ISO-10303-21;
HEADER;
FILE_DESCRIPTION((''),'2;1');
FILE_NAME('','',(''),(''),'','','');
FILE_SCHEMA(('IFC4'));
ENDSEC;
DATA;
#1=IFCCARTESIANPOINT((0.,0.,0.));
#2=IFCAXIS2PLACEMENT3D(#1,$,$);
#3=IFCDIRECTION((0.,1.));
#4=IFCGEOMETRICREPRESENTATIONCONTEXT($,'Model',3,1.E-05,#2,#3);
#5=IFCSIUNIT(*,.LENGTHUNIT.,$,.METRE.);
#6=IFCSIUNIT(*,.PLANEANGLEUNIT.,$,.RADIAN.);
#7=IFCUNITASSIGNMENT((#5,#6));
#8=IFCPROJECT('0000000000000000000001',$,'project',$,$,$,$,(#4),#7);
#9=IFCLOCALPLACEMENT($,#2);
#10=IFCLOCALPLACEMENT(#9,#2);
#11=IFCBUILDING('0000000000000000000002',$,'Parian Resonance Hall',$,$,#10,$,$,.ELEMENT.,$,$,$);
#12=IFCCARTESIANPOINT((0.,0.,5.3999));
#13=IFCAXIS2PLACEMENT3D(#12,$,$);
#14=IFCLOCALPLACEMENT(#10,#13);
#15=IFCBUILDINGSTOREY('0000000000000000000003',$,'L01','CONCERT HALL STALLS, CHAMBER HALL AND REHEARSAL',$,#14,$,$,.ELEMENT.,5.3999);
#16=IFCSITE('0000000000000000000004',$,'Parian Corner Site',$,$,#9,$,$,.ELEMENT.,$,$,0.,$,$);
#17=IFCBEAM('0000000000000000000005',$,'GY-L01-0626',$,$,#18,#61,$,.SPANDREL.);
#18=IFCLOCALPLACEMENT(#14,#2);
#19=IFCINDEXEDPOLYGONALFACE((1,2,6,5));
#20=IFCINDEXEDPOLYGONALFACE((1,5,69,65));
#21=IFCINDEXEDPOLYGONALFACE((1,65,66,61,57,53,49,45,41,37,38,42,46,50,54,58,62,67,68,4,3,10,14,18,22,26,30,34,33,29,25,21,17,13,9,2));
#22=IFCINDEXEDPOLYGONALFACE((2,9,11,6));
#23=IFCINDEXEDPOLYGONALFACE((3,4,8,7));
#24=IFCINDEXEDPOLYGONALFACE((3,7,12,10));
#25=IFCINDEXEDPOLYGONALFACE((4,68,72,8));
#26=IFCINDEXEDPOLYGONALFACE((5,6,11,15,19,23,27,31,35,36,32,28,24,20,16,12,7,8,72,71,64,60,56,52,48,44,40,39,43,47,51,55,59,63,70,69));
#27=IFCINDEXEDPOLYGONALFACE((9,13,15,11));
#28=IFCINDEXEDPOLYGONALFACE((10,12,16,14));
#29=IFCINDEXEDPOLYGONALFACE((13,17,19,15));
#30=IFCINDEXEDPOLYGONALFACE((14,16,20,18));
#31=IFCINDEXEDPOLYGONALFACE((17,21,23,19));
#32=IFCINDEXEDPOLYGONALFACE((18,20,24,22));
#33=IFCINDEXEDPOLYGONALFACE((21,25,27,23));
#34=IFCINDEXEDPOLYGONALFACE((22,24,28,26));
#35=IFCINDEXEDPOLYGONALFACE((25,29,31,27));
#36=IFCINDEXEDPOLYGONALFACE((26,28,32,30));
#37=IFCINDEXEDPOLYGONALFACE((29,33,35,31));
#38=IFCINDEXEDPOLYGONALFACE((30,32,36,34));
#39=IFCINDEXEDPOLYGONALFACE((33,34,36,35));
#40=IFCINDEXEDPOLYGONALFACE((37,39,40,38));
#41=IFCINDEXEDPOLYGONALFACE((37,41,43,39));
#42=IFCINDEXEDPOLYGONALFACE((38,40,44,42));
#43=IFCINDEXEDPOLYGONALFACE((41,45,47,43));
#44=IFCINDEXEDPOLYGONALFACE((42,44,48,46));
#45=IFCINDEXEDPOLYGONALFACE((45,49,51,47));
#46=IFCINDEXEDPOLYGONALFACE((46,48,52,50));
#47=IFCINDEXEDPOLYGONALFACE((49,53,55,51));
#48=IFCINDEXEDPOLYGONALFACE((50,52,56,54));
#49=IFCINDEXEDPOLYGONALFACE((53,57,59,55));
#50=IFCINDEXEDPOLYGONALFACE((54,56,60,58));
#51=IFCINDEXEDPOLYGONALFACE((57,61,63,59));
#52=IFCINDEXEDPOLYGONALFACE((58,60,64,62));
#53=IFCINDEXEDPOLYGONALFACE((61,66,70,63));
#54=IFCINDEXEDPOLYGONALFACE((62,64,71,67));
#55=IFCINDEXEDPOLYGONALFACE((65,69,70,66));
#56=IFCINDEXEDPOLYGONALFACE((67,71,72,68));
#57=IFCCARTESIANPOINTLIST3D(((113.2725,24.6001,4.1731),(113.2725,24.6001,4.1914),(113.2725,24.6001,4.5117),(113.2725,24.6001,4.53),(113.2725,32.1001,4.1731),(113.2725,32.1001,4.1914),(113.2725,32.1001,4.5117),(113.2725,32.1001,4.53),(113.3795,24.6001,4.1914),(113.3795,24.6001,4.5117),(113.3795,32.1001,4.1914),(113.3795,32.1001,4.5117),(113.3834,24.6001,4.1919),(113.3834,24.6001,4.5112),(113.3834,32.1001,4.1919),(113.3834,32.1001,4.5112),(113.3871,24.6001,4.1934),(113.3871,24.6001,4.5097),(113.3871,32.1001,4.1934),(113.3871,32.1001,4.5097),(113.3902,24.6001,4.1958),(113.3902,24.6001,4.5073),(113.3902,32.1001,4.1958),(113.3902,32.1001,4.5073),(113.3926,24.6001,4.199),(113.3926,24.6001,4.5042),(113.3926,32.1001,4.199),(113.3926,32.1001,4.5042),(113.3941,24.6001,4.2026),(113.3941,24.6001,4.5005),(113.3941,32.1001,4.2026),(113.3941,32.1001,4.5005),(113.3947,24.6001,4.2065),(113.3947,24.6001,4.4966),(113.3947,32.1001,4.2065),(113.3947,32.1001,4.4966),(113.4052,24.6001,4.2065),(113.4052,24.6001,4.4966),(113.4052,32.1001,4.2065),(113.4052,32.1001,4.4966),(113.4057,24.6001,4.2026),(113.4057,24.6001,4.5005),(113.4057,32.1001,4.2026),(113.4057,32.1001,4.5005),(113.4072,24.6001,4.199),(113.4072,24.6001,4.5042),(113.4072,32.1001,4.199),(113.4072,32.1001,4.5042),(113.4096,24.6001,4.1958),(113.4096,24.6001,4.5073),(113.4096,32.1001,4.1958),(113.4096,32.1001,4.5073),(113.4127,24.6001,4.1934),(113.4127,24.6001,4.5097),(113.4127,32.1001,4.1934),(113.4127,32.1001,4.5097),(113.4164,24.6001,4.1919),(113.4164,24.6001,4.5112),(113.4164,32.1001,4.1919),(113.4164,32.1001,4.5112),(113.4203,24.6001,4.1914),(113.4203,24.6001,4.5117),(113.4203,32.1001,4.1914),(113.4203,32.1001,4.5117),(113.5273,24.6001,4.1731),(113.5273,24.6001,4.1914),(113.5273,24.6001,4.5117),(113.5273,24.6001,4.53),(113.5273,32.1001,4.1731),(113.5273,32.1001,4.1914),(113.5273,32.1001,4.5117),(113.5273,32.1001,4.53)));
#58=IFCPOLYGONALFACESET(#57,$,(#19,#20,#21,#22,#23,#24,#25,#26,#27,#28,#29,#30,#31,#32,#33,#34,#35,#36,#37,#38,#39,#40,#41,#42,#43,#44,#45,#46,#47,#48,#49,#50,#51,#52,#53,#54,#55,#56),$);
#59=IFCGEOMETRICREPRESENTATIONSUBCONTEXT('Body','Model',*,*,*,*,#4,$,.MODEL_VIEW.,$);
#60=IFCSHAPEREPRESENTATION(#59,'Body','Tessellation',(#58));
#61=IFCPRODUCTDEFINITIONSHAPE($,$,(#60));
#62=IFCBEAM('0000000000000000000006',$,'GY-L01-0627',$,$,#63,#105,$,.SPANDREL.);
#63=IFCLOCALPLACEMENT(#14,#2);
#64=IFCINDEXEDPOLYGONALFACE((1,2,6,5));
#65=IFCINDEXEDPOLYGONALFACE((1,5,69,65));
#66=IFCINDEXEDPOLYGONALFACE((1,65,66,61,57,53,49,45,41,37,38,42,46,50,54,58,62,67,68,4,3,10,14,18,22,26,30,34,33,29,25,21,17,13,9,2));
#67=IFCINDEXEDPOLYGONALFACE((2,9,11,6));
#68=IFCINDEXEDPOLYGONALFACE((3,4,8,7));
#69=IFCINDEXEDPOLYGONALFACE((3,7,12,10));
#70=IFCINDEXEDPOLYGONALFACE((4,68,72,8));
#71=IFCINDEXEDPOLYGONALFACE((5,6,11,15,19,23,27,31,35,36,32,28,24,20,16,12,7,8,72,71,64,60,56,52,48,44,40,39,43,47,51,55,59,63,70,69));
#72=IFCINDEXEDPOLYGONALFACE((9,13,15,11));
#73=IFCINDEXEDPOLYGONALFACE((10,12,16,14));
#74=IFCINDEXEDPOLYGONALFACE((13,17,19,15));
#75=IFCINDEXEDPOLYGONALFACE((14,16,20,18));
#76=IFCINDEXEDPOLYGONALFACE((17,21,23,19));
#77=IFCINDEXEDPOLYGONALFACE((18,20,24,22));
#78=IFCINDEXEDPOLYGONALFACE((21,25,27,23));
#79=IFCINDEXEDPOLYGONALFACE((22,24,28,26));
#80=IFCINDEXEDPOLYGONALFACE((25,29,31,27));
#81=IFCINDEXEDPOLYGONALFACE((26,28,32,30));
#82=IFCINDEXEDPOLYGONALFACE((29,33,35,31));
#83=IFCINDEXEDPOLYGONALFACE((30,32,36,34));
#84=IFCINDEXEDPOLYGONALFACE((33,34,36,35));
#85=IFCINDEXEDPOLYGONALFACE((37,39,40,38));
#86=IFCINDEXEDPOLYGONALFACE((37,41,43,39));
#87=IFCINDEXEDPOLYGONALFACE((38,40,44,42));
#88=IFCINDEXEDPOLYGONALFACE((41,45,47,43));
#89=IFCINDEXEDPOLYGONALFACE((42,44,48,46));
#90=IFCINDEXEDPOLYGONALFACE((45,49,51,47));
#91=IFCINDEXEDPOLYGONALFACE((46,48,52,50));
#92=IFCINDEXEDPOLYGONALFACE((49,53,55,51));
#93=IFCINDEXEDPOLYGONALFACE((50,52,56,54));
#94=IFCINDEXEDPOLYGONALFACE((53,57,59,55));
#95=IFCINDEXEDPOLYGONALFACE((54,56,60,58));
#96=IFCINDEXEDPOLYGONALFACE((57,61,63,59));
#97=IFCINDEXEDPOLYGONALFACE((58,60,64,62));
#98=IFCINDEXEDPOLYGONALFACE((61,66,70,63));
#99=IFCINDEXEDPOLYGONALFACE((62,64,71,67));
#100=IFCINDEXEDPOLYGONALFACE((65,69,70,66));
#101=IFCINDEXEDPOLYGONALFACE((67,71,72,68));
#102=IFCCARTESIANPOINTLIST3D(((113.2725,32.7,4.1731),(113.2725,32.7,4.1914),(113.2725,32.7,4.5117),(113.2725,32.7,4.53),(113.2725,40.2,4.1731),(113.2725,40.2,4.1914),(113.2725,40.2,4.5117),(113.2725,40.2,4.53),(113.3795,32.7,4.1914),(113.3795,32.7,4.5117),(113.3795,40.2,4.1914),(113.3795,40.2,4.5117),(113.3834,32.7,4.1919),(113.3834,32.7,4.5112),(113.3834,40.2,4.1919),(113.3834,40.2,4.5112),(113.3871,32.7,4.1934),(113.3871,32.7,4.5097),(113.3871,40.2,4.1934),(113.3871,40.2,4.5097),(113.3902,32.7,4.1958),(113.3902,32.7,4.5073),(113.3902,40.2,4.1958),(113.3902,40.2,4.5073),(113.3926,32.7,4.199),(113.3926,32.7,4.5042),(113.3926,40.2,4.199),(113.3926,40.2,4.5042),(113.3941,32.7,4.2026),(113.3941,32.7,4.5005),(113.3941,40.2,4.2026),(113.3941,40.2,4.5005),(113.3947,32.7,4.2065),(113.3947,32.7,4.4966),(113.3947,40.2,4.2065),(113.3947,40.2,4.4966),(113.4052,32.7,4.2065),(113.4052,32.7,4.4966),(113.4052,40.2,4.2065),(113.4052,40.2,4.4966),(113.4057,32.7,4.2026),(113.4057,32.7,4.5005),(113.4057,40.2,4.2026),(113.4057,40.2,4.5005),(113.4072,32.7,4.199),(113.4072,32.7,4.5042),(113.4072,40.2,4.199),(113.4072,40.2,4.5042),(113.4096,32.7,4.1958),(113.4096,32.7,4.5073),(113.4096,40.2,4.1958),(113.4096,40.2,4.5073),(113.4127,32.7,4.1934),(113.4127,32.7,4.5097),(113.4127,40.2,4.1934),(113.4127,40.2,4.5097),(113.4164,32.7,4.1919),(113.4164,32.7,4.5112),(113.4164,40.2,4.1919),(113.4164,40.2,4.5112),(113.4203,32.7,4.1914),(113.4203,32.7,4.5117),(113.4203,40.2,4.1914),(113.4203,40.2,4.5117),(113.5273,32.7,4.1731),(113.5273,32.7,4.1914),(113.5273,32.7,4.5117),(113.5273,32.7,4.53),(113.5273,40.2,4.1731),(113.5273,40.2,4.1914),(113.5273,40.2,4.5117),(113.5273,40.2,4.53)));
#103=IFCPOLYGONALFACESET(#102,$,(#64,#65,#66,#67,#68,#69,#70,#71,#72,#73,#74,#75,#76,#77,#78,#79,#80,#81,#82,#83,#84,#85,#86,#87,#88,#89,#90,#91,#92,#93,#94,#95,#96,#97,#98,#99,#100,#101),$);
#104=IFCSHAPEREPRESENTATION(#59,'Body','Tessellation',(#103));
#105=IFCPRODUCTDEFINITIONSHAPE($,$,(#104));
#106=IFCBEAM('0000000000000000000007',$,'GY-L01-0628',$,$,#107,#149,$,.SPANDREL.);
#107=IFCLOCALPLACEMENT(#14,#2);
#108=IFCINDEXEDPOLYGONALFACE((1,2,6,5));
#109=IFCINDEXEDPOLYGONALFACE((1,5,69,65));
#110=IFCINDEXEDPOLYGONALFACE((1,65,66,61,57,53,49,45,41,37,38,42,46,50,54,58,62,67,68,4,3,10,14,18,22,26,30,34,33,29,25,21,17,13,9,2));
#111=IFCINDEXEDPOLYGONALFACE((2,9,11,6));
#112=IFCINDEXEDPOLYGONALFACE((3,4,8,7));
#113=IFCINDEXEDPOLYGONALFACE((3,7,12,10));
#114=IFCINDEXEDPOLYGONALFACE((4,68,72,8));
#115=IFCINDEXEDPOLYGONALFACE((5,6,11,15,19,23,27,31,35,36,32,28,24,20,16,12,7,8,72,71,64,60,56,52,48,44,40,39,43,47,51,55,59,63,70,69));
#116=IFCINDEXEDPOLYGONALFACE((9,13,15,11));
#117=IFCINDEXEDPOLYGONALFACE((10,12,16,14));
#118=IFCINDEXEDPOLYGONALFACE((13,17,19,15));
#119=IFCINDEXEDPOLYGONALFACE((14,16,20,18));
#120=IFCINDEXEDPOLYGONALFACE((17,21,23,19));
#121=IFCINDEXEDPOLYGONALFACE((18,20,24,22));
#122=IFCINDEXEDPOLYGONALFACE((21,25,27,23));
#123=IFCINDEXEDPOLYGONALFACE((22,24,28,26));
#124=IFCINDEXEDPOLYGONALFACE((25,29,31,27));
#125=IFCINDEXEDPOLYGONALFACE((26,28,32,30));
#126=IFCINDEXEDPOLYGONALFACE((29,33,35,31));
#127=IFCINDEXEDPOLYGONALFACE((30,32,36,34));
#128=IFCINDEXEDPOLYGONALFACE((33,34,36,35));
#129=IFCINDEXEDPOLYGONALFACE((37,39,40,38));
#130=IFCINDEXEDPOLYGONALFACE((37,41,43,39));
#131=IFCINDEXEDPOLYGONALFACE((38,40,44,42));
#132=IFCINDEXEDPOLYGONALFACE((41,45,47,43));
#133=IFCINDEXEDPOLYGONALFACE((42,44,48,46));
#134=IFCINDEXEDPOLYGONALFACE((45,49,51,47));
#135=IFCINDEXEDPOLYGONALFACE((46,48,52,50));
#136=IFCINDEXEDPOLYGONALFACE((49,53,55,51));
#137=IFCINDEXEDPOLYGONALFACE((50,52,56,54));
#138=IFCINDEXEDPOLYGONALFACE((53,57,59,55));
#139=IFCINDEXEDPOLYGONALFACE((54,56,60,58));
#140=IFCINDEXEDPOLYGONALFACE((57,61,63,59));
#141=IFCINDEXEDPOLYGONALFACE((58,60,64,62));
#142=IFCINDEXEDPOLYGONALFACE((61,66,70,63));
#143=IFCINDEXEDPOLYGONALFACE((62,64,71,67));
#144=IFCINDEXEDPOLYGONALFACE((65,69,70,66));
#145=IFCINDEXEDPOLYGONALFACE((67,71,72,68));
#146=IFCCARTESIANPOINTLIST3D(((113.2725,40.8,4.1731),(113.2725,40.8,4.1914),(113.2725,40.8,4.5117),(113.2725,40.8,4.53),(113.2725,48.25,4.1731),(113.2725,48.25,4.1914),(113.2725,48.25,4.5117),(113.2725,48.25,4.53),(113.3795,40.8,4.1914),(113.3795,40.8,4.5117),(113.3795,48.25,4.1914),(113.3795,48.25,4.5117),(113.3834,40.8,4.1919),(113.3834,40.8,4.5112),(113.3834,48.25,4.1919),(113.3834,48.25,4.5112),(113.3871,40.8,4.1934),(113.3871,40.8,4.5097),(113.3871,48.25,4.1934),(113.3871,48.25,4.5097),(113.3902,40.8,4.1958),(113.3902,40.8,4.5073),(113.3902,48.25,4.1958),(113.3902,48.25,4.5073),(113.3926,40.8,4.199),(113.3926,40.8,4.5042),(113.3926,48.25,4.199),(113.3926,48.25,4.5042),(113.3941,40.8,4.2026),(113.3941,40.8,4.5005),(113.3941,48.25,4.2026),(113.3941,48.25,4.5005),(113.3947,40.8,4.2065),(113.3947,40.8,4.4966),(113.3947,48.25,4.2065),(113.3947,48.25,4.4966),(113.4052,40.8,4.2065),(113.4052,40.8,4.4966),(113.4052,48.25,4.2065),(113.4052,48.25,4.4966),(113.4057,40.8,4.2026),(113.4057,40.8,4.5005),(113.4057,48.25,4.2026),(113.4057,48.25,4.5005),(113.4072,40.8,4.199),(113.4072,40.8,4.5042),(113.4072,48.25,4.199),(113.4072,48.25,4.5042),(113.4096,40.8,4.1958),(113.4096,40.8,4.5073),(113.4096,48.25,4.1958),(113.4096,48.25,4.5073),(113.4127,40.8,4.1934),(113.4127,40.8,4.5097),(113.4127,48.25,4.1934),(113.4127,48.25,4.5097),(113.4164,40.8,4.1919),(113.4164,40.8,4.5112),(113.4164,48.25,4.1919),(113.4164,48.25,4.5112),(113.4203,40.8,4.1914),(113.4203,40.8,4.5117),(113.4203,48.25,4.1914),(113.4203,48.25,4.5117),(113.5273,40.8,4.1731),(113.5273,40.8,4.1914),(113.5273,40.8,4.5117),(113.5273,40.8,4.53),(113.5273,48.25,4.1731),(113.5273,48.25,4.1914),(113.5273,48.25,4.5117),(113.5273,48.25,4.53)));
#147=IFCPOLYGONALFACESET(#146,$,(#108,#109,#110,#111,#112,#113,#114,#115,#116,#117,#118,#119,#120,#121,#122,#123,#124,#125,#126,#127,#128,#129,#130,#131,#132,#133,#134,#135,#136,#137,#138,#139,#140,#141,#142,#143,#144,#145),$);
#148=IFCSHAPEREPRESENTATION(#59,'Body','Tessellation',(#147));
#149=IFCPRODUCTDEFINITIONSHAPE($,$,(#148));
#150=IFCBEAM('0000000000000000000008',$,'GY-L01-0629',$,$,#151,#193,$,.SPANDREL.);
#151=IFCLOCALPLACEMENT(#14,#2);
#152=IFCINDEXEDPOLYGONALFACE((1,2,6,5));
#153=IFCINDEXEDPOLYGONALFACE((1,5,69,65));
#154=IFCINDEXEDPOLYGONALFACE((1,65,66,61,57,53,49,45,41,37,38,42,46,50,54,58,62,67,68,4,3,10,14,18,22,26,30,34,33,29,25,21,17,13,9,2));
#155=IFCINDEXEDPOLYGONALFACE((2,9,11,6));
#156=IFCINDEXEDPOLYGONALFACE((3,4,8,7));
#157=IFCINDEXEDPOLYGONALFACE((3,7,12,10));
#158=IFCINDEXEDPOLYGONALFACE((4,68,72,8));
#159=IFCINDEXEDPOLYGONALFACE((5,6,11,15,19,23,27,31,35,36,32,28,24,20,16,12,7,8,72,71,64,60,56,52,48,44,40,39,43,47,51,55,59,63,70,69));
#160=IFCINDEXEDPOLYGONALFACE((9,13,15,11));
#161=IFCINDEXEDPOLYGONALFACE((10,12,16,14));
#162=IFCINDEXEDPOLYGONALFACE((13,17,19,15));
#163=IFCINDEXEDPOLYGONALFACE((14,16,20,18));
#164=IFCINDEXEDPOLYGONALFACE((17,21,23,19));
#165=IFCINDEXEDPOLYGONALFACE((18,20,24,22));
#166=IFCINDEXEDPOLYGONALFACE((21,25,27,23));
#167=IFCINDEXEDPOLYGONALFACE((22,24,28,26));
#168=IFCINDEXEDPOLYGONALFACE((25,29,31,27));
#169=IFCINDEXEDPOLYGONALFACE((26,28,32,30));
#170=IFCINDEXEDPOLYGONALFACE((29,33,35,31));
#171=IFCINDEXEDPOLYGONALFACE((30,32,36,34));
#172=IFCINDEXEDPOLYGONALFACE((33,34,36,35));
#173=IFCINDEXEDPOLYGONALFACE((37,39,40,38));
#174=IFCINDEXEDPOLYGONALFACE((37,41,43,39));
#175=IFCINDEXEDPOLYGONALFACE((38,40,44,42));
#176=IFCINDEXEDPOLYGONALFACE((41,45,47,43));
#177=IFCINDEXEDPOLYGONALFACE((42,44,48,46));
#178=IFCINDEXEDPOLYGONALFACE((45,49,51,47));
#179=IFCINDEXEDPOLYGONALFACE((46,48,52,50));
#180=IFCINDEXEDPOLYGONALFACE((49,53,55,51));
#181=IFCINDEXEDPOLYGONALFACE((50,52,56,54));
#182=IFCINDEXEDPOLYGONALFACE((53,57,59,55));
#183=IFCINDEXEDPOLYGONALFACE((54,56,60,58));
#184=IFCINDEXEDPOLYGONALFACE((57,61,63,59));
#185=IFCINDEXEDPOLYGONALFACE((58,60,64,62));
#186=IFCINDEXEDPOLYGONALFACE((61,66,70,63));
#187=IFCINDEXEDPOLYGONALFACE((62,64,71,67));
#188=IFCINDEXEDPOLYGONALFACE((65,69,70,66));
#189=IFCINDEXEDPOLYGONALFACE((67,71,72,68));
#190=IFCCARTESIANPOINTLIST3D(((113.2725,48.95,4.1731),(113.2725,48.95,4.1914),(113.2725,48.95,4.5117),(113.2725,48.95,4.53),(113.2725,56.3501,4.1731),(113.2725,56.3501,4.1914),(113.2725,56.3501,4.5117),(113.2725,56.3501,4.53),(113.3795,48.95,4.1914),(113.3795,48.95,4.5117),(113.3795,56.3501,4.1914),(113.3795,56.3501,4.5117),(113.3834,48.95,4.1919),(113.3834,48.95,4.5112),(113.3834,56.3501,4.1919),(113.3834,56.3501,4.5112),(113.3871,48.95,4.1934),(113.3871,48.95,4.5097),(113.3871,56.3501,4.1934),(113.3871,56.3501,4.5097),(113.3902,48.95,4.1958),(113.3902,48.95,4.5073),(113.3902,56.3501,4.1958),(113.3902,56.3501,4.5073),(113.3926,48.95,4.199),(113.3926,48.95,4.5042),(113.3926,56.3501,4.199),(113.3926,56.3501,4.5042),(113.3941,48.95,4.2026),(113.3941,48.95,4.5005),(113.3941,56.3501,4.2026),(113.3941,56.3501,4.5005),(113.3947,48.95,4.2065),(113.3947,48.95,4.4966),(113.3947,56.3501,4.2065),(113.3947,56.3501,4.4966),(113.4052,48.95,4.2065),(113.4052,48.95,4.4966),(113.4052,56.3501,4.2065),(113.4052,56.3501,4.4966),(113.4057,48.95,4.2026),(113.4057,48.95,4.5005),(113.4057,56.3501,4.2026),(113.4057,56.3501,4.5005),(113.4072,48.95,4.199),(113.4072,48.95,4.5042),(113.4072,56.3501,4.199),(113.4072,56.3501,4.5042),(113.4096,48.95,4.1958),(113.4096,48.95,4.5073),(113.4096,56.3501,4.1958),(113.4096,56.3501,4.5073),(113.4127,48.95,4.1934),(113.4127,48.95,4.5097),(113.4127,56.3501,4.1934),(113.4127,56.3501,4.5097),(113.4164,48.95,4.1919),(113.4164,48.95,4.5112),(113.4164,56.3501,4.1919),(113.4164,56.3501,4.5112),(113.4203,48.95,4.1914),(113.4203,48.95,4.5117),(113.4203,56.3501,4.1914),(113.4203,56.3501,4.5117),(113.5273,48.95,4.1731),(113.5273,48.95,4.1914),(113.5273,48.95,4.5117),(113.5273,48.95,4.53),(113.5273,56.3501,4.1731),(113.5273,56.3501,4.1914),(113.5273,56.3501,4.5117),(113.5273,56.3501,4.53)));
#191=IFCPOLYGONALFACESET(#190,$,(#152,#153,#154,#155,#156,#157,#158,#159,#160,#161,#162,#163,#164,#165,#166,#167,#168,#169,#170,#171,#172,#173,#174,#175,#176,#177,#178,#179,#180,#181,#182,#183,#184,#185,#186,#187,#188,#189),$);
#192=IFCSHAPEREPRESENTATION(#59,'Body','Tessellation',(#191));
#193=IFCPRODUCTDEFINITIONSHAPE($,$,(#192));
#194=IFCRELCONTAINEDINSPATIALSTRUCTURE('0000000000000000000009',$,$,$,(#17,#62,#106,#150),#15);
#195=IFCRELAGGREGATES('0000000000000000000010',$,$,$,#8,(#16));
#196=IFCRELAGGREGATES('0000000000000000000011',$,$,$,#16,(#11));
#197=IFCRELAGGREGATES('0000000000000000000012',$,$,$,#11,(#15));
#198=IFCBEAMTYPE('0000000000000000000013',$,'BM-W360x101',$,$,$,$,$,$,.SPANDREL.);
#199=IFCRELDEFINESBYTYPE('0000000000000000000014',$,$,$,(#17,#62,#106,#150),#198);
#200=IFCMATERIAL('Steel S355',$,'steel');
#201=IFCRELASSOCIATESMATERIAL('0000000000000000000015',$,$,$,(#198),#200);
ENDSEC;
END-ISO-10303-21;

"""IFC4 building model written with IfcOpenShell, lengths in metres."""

from ifc_helpers import new_model, si_unit, direction, frame, origin, origin_2d, place, context, subcontext, project, spatial, i_section, extrude, material, material_profile, profile_set, type_object, element, save


model = new_model("IFC4")

# Units and contexts
model_context = context("Model", 3, precision=1e-05, world=origin(), true_north=direction((0.0, 1.0)))
body_context = subcontext(model_context, "Body", "Model", "MODEL_VIEW")
ifc_project = project(units=[si_unit("LENGTHUNIT", "METRE"), si_unit("PLANEANGLEUNIT", "RADIAN")], contexts=[model_context])

# Site, building, storey
site_placement = place(None, origin())
site = spatial("IfcSite", under=ifc_project, at=site_placement, Name="Parian Corner Site", CompositionType="ELEMENT", RefElevation=0.0)
building_placement = place(site_placement, origin())
building = spatial("IfcBuilding", under=site, at=building_placement, Name="Parian Resonance Hall", CompositionType="ELEMENT")
storey_placement = place(building_placement, frame((0.0, 0.0, 5.3999)))
storey = spatial("IfcBuildingStorey", under=building, at=storey_placement, Name="L01", Description="CONCERT HALL STALLS, CHAMBER HALL AND REHEARSAL", CompositionType="ELEMENT", Elevation=5.3999)

# Beams
ifc_material_1 = material(Name="Steel S355", Category="steel")
ifc_material_profile_1 = material_profile(ifc_material_1, i_section(OverallWidth=0.2549, OverallDepth=0.3569, WebThickness=0.0105, FlangeThickness=0.0183, FilletRadius=0.0151, at=origin_2d()), Name="W360x101")
ifc_profile_set_1 = profile_set([ifc_material_profile_1], Name="Steel S355")
beam_type_1 = type_object("IfcBeamType", Name="BM-W360x101", PredefinedType="SPANDREL", material=ifc_profile_set_1)
for number, where, z_axis, x_axis, name in (
    (1, (113.3999, 24.6001, 4.3516), (0.0, 1.0, 0.0), (-1.0, 0.0, 0.0), "GY-L01-0626"),
    (2, (113.3999, 32.7, 4.3516), (0.0, 1.0, 0.0), (-1.0, 0.0, 0.0), "GY-L01-0627"),
):
    element("IfcBeam", number, at=place(storey_placement, frame(where, z_axis=z_axis, x_axis=x_axis)), inside=storey, type_object=beam_type_1, Name=name, PredefinedType="SPANDREL", context=body_context, shape_type="SweptSolid", body=[
        extrude(i_section(OverallWidth=0.2549, OverallDepth=0.3569, WebThickness=0.0105, FlangeThickness=0.0183, FilletRadius=0.0151, at=origin_2d()), origin(), (0.0, 0.0, 1.0), 7.5),
    ])
beam_1_placement = place(storey_placement, frame((113.3999, 40.8, 4.3516), z_axis=(0.0, 1.0, 0.0), x_axis=(-1.0, 0.0, 0.0)))
element("IfcBeam", 3, at=beam_1_placement, inside=storey, type_object=beam_type_1, Name="GY-L01-0628", PredefinedType="SPANDREL", context=body_context, shape_type="SweptSolid", body=[
    extrude(i_section(OverallWidth=0.2549, OverallDepth=0.3569, WebThickness=0.0105, FlangeThickness=0.0183, FilletRadius=0.0151, at=origin_2d()), origin(), (0.0, 0.0, 1.0), 7.45),
])
beam_2_placement = place(storey_placement, frame((113.3999, 48.95, 4.3516), z_axis=(0.0, 1.0, 0.0), x_axis=(-1.0, 0.0, 0.0)))
element("IfcBeam", 4, at=beam_2_placement, inside=storey, type_object=beam_type_1, Name="GY-L01-0629", PredefinedType="SPANDREL", context=body_context, shape_type="SweptSolid", body=[
    extrude(i_section(OverallWidth=0.2549, OverallDepth=0.3569, WebThickness=0.0105, FlangeThickness=0.0183, FilletRadius=0.0151, at=origin_2d()), origin(), (0.0, 0.0, 1.0), 7.4001),
])

save(model, "model.ifc")
